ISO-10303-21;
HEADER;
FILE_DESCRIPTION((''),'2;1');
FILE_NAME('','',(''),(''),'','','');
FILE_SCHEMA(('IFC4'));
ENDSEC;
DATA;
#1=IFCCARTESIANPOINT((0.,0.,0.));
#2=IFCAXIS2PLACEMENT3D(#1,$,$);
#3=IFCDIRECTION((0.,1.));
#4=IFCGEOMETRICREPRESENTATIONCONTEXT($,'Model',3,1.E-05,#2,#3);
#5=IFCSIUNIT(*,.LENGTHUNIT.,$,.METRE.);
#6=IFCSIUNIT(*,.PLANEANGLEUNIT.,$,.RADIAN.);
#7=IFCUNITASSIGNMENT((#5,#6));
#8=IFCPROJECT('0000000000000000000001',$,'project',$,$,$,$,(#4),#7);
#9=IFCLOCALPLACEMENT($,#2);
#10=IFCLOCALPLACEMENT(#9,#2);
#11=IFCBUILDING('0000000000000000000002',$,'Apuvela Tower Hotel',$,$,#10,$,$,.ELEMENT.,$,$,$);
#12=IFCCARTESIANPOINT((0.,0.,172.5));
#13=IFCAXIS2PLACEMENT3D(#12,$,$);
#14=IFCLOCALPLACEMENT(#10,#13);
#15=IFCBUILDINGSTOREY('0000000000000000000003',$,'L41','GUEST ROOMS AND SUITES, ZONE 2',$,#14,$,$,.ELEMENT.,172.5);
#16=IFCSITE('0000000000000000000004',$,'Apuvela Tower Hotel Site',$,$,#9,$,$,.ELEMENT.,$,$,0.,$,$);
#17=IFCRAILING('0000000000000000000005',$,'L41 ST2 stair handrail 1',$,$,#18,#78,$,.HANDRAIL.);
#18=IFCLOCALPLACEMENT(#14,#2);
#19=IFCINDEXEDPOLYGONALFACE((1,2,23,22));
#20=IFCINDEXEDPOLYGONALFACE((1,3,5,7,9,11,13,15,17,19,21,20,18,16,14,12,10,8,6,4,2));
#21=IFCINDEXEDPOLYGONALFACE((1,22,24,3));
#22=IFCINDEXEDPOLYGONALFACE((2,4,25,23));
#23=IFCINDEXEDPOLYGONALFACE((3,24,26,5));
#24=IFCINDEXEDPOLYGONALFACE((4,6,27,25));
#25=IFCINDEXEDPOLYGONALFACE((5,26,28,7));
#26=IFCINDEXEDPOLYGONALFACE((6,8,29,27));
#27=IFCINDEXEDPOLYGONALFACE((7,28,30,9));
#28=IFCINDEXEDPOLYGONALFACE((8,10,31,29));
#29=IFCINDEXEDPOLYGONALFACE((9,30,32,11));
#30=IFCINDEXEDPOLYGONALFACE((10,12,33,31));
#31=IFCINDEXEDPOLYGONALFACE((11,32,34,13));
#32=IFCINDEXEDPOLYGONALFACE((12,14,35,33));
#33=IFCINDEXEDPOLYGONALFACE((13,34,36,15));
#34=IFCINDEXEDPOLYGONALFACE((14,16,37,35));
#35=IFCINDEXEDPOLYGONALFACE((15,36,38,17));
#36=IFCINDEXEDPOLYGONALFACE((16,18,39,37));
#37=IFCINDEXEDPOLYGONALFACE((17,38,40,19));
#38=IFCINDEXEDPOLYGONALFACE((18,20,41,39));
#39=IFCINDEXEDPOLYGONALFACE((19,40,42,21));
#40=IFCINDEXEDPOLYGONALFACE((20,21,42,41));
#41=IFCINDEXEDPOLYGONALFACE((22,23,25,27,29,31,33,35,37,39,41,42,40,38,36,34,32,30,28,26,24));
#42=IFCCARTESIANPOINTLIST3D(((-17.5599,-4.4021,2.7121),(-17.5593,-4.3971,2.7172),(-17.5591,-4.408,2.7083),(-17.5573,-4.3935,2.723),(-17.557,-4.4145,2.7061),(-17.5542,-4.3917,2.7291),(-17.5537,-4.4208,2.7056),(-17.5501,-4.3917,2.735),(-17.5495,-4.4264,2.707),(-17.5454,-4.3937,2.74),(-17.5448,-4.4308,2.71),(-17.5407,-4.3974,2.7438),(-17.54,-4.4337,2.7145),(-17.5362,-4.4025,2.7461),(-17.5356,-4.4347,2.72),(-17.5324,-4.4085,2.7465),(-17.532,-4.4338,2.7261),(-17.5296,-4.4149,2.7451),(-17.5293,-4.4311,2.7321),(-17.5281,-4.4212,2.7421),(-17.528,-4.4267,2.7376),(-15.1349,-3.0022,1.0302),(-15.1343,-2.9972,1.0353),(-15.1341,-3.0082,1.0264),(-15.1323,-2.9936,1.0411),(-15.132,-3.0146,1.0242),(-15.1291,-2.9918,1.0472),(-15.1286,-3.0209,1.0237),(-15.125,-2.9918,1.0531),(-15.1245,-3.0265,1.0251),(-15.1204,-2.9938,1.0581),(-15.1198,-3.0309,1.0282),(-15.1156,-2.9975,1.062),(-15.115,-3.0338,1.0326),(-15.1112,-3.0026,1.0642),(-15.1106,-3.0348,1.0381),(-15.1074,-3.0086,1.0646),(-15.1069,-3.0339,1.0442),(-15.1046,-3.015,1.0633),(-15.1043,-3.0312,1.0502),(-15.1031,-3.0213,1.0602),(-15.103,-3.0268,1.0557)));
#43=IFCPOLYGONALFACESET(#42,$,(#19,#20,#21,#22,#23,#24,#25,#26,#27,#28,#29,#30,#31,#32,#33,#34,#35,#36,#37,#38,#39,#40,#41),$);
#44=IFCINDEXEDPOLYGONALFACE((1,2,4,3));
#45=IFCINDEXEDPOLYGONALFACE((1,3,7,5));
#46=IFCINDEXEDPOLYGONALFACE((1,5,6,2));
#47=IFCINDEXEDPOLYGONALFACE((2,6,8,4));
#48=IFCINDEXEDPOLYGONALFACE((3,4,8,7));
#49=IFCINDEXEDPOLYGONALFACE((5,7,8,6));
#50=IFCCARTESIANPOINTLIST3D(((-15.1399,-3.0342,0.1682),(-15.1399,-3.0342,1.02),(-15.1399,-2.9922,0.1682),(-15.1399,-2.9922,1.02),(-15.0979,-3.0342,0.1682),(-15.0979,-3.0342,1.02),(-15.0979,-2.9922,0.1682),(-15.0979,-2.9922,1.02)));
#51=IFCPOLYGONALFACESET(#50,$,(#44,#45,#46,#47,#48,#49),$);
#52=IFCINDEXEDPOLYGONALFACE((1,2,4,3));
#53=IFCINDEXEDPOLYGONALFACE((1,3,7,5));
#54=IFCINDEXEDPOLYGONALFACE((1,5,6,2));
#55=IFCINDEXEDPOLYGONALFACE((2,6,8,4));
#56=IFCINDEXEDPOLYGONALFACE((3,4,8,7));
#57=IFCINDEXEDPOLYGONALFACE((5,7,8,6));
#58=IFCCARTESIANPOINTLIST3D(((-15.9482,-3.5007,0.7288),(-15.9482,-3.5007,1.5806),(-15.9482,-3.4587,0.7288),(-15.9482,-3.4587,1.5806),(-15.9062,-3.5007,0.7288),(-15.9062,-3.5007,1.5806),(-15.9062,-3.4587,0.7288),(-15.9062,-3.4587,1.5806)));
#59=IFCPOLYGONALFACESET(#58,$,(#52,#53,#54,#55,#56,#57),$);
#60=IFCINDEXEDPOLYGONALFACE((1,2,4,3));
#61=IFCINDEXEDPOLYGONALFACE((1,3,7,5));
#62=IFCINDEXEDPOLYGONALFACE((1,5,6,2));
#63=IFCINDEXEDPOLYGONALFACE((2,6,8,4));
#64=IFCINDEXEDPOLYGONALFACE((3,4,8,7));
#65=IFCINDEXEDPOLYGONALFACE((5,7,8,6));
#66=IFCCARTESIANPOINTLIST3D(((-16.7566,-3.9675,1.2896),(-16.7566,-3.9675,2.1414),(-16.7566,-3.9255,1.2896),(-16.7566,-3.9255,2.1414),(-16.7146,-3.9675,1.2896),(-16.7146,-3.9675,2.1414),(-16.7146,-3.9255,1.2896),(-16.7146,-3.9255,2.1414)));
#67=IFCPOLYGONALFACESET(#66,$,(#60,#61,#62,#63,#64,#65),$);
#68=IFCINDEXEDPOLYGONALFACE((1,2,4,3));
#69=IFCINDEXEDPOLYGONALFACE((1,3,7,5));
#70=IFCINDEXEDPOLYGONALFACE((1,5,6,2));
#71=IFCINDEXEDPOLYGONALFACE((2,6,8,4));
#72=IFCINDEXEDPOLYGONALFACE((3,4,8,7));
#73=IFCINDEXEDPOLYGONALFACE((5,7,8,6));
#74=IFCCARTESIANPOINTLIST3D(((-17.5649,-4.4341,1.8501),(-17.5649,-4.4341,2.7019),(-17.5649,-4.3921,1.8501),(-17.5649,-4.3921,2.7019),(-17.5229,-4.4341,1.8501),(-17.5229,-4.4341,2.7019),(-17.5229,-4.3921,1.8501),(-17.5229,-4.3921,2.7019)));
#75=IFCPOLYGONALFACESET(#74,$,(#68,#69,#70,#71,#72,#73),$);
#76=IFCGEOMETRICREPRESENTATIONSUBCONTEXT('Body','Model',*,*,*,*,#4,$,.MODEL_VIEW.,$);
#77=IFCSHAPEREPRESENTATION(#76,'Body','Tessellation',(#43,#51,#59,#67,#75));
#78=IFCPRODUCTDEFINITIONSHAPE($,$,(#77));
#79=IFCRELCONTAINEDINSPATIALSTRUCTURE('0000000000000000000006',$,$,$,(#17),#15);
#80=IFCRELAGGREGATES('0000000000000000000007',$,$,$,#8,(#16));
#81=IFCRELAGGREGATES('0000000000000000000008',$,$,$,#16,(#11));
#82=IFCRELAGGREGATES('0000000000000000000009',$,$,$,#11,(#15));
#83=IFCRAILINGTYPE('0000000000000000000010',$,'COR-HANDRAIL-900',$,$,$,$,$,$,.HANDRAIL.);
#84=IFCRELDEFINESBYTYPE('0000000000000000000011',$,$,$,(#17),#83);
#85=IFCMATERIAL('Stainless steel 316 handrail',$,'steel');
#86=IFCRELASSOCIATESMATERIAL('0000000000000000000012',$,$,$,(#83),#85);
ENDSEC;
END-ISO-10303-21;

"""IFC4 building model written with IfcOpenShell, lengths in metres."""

from ifc_helpers import new_model, si_unit, direction, frame, origin, origin_2d, place, context, subcontext, project, spatial, rectangle, circle, extrude, material, type_object, element, save


model = new_model("IFC4")

# Units and contexts
model_context = context("Model", 3, precision=1e-05, world=origin(), true_north=direction((0.0, 1.0)))
body_context = subcontext(model_context, "Body", "Model", "MODEL_VIEW")
ifc_project = project(units=[si_unit("LENGTHUNIT", "METRE"), si_unit("PLANEANGLEUNIT", "RADIAN")], contexts=[model_context])

# Site, building, storey
site_placement = place(None, origin())
site = spatial("IfcSite", under=ifc_project, at=site_placement, Name="Apuvela Tower Hotel Site", CompositionType="ELEMENT", RefElevation=0.0)
building_placement = place(site_placement, origin())
building = spatial("IfcBuilding", under=site, at=building_placement, Name="Apuvela Tower Hotel", CompositionType="ELEMENT")
storey_placement = place(building_placement, frame((0.0, 0.0, 172.5)))
storey = spatial("IfcBuildingStorey", under=building, at=storey_placement, Name="L41", Description="GUEST ROOMS AND SUITES, ZONE 2", CompositionType="ELEMENT", Elevation=172.5)

# Railing
ifc_material_1 = material(Name="Stainless steel 316 handrail", Category="steel")
railing_type_1 = type_object("IfcRailingType", Name="COR-HANDRAIL-900", PredefinedType="HANDRAIL", material=ifc_material_1)
railing_1_placement = place(storey_placement, frame((-15.1189, -3.0132, 0.1682)))
element("IfcRailing", 1, at=railing_1_placement, inside=storey, type_object=railing_type_1, Name="L41 ST2 stair handrail 1", PredefinedType="HANDRAIL", context=body_context, shape_type="SweptSolid", body=[
    extrude(circle(Radius=0.0239, at=origin_2d()), frame((0.0, 0.0, 0.876), z_axis=(-0.742424, -0.428577, 0.514906), x_axis=(0.499946, -0.866056, 0.0)), (0.0, 0.0, 1.0), 3.2664),
    extrude(rectangle(XDim=0.042, YDim=0.042, at=origin_2d()), origin(), (0.0, 0.0, 1.0), 0.8518),
    extrude(rectangle(XDim=0.042, YDim=0.042, at=origin_2d()), frame((-0.8083, -0.4666, 0.5605)), (0.0, 0.0, 1.0), 0.8518),
    extrude(rectangle(XDim=0.042, YDim=0.042, at=origin_2d()), frame((-1.6167, -0.9333, 1.1213)), (0.0, 0.0, 1.0), 0.8518),
    extrude(rectangle(XDim=0.042, YDim=0.042, at=origin_2d()), frame((-2.425, -1.3999, 1.6819)), (0.0, 0.0, 1.0), 0.8518),
])

save(model, "model.ifc")
